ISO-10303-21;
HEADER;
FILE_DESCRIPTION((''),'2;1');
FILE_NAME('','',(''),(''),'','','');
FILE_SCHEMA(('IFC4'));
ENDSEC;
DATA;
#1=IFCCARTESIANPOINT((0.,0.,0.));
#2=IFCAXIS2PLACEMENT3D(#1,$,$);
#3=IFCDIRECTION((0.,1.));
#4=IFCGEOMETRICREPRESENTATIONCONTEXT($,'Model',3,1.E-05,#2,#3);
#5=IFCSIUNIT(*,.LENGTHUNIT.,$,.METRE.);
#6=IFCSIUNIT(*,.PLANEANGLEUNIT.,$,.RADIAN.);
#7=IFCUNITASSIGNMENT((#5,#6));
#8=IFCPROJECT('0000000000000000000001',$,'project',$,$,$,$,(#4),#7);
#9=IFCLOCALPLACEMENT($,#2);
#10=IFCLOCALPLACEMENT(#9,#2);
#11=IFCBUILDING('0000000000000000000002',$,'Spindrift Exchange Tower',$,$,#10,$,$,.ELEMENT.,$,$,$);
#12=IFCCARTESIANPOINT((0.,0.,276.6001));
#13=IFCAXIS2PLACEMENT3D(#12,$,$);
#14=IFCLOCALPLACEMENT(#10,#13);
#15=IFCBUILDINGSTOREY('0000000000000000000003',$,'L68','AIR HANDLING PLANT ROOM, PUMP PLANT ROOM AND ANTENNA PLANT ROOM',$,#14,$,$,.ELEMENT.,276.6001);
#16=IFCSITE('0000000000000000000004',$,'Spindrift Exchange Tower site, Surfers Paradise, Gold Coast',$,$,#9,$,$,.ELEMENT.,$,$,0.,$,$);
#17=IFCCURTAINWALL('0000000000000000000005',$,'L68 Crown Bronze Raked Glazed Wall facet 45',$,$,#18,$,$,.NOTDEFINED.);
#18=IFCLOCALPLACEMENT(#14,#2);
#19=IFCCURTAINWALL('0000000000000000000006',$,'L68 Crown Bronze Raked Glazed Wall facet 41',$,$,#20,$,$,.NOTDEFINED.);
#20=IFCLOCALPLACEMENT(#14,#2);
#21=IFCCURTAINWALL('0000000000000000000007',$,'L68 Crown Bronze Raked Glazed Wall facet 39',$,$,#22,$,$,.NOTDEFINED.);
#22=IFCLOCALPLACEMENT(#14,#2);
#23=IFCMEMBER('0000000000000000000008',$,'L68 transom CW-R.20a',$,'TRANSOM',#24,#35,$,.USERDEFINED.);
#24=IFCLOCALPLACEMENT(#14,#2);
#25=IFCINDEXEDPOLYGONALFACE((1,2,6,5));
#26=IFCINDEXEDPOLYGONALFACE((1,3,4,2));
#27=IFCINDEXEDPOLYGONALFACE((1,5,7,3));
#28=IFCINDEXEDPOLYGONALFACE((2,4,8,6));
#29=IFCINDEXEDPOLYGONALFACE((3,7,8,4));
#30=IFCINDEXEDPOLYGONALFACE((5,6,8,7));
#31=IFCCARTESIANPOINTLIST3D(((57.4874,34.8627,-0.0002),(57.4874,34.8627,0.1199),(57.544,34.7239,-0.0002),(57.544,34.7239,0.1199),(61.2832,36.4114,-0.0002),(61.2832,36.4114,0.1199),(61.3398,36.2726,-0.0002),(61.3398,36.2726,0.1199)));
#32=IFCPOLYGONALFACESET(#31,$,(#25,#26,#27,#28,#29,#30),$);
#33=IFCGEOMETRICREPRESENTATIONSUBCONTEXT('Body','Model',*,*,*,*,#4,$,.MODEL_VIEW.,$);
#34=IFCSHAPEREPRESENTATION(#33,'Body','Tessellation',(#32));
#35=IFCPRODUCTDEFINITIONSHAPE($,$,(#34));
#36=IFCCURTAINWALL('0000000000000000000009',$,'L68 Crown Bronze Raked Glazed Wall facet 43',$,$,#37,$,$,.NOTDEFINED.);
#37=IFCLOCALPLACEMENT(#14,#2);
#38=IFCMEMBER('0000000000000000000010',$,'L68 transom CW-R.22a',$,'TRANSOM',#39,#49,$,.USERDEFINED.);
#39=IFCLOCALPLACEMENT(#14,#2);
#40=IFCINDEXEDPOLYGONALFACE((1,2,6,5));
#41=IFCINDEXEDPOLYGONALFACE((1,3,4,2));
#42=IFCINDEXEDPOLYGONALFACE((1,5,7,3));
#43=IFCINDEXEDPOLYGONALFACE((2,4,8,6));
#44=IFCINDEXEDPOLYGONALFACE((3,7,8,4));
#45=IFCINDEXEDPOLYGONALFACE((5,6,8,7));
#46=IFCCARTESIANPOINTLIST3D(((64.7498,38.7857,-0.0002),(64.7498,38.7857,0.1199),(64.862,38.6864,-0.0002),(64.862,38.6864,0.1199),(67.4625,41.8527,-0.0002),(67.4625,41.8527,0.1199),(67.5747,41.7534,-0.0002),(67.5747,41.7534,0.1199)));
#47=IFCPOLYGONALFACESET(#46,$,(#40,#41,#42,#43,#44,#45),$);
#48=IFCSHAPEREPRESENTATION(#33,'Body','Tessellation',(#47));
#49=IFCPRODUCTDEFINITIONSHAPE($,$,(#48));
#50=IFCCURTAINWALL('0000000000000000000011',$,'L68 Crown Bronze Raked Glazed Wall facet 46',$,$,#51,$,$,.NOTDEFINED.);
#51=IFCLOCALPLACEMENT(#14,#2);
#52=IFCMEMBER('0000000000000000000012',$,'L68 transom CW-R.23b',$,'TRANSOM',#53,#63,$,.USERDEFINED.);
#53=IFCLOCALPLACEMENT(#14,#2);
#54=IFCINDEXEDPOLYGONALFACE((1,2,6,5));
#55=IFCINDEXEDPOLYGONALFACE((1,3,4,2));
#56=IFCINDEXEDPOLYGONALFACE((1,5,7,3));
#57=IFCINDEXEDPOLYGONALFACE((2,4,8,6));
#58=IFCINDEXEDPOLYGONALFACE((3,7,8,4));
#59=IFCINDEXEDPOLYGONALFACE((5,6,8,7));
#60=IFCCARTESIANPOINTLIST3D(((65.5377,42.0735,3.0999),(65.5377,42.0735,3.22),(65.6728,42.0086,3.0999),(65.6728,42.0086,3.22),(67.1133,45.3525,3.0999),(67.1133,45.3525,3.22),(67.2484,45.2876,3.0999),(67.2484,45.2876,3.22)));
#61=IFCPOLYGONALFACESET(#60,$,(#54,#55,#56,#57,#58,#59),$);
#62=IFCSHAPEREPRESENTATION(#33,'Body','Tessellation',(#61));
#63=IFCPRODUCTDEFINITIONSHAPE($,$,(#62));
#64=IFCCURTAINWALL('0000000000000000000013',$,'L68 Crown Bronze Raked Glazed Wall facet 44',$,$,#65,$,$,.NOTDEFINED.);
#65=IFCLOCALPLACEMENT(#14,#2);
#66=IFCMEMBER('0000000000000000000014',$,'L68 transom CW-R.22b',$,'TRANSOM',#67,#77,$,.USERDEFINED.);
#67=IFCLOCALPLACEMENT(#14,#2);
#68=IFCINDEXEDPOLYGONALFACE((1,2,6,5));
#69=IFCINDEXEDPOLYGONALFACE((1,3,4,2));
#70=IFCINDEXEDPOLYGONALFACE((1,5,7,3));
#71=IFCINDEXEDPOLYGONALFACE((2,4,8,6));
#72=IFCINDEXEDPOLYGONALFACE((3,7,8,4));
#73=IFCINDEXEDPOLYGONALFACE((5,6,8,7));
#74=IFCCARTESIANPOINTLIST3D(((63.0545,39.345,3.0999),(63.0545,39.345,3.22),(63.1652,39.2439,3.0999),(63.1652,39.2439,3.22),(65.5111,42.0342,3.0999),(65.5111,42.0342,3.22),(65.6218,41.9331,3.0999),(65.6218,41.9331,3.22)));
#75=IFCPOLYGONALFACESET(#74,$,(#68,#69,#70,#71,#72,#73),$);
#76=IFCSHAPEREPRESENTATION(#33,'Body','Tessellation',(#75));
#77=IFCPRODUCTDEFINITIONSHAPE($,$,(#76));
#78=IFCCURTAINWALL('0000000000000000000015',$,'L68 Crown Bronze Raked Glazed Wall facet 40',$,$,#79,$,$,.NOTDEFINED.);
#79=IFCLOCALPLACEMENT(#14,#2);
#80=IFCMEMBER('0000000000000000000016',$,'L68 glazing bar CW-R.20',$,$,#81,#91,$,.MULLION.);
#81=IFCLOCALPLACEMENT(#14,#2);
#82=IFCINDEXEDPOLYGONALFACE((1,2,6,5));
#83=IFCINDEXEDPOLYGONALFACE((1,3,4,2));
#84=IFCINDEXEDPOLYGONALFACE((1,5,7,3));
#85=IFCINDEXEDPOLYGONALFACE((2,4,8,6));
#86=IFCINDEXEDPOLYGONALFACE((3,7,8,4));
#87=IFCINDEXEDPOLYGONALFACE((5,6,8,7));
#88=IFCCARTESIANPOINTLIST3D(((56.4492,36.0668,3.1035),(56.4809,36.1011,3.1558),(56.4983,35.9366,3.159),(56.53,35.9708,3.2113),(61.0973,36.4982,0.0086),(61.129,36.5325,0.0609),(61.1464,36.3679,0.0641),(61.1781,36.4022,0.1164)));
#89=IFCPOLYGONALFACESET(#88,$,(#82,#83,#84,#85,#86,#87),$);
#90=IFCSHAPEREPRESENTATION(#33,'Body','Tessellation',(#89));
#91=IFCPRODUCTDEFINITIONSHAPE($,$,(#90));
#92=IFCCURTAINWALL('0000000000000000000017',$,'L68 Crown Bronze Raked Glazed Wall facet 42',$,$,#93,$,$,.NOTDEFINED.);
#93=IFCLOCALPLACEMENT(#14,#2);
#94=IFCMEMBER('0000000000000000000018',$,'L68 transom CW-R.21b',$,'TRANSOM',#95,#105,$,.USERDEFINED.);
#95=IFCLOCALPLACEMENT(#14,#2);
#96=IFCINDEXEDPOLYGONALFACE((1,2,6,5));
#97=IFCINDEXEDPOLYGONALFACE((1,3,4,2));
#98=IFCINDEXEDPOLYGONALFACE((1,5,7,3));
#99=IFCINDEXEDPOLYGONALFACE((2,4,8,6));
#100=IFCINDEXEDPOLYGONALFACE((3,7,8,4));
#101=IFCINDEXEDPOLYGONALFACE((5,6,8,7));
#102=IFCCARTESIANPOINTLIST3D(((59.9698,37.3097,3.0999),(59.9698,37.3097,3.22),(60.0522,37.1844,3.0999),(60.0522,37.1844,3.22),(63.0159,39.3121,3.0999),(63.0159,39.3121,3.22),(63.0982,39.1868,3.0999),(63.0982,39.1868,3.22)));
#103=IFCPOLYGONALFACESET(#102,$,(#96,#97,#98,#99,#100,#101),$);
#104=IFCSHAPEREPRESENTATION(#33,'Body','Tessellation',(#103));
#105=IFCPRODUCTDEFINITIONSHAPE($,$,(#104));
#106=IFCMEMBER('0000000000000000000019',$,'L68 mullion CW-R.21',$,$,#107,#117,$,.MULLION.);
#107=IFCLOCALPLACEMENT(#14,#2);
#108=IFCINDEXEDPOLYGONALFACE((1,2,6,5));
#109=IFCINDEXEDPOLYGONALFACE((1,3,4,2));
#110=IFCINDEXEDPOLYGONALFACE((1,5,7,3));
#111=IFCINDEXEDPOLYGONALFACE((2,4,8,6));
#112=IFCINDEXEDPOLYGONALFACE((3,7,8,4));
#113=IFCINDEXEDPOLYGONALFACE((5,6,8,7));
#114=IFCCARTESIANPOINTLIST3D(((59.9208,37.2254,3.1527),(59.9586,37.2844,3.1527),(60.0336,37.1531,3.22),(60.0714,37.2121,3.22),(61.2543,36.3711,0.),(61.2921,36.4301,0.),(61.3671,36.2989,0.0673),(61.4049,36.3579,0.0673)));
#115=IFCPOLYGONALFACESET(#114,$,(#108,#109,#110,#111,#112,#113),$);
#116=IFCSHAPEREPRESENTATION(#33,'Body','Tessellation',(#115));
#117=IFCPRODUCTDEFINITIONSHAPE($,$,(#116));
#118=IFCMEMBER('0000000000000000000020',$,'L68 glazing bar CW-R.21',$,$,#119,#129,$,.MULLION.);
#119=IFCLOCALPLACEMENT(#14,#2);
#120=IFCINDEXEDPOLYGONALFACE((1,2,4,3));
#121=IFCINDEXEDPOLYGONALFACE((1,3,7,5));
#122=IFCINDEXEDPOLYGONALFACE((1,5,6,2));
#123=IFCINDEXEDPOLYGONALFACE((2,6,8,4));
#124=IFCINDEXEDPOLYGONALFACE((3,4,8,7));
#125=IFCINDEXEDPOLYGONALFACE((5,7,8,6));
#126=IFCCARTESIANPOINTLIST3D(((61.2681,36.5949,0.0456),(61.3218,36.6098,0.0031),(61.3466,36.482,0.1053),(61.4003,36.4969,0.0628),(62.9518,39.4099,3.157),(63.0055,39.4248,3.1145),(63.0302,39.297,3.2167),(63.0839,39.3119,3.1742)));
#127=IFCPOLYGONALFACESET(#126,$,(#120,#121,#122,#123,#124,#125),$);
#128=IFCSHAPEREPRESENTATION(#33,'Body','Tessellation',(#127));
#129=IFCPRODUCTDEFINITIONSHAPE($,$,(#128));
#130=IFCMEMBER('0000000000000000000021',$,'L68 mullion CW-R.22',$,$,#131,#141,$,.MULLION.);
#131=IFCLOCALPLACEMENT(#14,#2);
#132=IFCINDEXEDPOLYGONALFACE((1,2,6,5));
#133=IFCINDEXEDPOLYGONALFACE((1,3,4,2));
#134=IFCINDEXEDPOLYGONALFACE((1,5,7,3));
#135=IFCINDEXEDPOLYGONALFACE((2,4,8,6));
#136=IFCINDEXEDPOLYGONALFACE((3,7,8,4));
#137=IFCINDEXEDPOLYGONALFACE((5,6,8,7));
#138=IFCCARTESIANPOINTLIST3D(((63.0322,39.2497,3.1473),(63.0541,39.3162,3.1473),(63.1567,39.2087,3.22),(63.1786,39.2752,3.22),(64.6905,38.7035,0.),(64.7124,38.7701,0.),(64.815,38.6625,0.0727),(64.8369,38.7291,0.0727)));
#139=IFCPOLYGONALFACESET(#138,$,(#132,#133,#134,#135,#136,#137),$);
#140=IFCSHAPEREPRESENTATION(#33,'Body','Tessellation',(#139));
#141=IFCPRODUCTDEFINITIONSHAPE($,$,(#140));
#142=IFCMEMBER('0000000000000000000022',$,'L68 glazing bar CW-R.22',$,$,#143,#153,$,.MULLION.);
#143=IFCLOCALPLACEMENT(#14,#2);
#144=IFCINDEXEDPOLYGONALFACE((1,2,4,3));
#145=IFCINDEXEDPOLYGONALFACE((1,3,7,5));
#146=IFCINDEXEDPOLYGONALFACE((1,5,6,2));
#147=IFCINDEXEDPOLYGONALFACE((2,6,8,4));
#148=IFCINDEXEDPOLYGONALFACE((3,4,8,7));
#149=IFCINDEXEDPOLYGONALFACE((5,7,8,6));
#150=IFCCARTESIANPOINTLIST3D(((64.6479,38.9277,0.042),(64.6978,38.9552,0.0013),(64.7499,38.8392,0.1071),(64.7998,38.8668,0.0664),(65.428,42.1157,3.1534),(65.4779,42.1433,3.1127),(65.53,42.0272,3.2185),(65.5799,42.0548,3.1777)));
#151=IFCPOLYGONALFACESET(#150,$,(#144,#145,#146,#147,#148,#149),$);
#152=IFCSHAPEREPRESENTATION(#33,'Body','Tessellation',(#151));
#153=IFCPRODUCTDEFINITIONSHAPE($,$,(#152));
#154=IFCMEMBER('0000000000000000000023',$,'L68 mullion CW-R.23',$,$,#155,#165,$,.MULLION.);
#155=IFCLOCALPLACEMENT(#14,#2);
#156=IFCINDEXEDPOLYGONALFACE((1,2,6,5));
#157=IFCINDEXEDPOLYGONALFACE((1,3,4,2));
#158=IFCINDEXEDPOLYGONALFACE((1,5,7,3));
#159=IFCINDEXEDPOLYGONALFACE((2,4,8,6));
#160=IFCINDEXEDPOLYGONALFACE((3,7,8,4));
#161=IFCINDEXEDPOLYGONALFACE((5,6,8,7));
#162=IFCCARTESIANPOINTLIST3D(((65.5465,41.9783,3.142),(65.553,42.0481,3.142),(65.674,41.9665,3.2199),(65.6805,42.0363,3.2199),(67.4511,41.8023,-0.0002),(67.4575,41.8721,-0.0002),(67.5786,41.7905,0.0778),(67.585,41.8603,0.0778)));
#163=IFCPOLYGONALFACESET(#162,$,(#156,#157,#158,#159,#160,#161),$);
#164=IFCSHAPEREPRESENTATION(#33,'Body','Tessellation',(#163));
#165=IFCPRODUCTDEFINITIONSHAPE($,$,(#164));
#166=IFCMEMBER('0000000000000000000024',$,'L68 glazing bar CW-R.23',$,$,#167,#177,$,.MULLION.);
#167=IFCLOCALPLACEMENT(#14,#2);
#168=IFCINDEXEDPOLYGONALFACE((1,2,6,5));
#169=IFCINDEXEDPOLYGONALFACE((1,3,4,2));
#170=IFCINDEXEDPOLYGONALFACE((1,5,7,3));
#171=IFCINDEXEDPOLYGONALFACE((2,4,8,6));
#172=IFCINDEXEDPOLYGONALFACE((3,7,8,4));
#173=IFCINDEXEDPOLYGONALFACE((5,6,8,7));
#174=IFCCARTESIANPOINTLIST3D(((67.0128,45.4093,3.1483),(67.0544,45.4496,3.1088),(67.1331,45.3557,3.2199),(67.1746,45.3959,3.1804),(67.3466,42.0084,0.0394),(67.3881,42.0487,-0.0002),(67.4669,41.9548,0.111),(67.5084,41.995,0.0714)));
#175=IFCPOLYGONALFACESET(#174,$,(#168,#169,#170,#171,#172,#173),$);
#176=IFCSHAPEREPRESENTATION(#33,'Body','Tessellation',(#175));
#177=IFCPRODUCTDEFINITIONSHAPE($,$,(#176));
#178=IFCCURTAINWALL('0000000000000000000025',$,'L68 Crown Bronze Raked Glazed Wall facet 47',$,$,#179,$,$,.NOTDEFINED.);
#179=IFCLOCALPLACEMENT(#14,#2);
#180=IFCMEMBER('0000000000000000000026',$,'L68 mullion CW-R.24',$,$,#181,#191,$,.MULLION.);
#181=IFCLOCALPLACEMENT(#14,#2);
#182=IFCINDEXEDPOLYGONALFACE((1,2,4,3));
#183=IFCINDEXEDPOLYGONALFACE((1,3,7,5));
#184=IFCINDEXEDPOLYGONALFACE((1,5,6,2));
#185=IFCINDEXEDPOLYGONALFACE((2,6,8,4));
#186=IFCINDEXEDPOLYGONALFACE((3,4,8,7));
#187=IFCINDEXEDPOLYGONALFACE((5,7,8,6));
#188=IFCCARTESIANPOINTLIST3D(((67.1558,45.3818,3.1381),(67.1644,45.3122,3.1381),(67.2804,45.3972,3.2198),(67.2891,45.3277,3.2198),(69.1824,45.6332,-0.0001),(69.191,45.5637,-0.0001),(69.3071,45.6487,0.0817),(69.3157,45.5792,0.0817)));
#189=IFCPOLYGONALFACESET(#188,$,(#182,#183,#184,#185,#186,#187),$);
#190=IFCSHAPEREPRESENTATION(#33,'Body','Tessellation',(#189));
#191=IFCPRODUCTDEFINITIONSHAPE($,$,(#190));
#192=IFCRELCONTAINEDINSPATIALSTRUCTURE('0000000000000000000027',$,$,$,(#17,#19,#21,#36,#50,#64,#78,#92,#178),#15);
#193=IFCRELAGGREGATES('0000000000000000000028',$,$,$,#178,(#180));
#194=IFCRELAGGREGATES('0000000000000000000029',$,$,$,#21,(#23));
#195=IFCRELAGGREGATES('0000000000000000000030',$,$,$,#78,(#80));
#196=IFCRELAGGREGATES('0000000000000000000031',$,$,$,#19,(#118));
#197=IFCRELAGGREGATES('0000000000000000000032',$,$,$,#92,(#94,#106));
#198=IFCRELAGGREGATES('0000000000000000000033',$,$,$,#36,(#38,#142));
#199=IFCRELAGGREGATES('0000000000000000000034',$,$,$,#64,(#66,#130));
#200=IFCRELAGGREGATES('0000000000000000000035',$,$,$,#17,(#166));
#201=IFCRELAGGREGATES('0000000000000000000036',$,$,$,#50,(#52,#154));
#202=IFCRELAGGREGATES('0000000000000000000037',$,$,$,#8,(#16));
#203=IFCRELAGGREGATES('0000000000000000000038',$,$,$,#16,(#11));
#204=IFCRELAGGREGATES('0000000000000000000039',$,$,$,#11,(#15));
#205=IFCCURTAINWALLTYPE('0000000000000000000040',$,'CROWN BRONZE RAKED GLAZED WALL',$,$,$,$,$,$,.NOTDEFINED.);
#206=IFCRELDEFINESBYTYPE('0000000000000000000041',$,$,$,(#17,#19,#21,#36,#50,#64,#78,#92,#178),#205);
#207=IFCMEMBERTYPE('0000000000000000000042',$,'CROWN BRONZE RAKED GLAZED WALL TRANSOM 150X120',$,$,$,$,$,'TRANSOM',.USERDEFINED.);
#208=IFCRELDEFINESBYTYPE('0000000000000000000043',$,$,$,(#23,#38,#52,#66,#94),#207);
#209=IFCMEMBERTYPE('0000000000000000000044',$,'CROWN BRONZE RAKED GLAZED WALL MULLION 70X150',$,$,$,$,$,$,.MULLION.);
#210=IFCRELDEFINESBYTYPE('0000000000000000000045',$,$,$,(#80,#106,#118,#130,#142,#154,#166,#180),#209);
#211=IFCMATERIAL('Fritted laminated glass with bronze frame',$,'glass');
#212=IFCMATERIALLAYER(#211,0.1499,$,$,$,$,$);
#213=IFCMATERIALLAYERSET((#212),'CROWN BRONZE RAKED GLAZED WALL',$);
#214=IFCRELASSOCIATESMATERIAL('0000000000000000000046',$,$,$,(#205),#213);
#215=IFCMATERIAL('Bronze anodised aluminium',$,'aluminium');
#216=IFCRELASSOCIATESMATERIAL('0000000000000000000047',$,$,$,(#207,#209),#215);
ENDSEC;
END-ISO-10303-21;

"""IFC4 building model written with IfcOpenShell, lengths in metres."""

from ifc_helpers import new_model, si_unit, direction, frame, origin, origin_2d, place, context, subcontext, project, spatial, rectangle, extrude, source, transform, mapped, material, layer, layer_set, material_profile, profile_set, type_object, element, aggregate, save


model = new_model("IFC4")

# Units and contexts
model_context = context("Model", 3, precision=1e-05, world=origin(), true_north=direction((0.0, 1.0)))
body_context = subcontext(model_context, "Body", "Model", "MODEL_VIEW")
ifc_project = project(units=[si_unit("LENGTHUNIT", "METRE"), si_unit("PLANEANGLEUNIT", "RADIAN")], contexts=[model_context])

# Site, building, storey
site_placement = place(None, origin())
site = spatial("IfcSite", under=ifc_project, at=site_placement, Name="Spindrift Exchange Tower site, Surfers Paradise, Gold Coast", CompositionType="ELEMENT", RefElevation=0.0)
building_placement = place(site_placement, origin())
building = spatial("IfcBuilding", under=site, at=building_placement, Name="Spindrift Exchange Tower", CompositionType="ELEMENT")
storey_placement = place(building_placement, frame((0.0, 0.0, 276.6001)))
storey = spatial("IfcBuildingStorey", under=building, at=storey_placement, Name="L68", Description="AIR HANDLING PLANT ROOM, PUMP PLANT ROOM AND ANTENNA PLANT ROOM", CompositionType="ELEMENT", Elevation=276.6001)

# Curtain walls, members
ifc_material_1 = material(Name="Fritted laminated glass with bronze frame", Category="glass")
ifc_layer_1 = layer(ifc_material_1, 0.1499)
ifc_layer_set_1 = layer_set([ifc_layer_1], Name="CROWN BRONZE RAKED GLAZED WALL")
curtain_wall_type = type_object("IfcCurtainWallType", Name="CROWN BRONZE RAKED GLAZED WALL", PredefinedType="NOTDEFINED", material=ifc_layer_set_1)
curtain_wall_1_placement = place(storey_placement, origin())
curtain_wall_1 = element("IfcCurtainWall", 1, at=curtain_wall_1_placement, inside=storey, type_object=curtain_wall_type, Name="L68 Crown Bronze Raked Glazed Wall facet 45", PredefinedType="NOTDEFINED")
ifc_material_2 = material(Name="Bronze anodised aluminium", Category="aluminium")
ifc_material_profile_1 = material_profile(ifc_material_2, rectangle(XDim=0.1499, YDim=0.1201, at=origin_2d()), Name="CROWN BRONZE RAKED GLAZED WALL TRANSOM 150X120")
ifc_profile_set_1 = profile_set([ifc_material_profile_1], Name="Bronze anodised aluminium")
member_type_1 = type_object("IfcMemberType", Name="CROWN BRONZE RAKED GLAZED WALL TRANSOM 150X120", ElementType="TRANSOM", PredefinedType="USERDEFINED", material=ifc_profile_set_1)
curtain_wall_2_placement = place(storey_placement, origin())
curtain_wall_2 = element("IfcCurtainWall", 2, at=curtain_wall_2_placement, inside=storey, type_object=curtain_wall_type, Name="L68 Crown Bronze Raked Glazed Wall facet 41", PredefinedType="NOTDEFINED")
curtain_wall_3_placement = place(storey_placement, origin())
curtain_wall_3 = element("IfcCurtainWall", 3, at=curtain_wall_3_placement, inside=storey, type_object=curtain_wall_type, Name="L68 Crown Bronze Raked Glazed Wall facet 39", PredefinedType="NOTDEFINED")
shared_shape_1 = source(origin(), body_context, "Body", "SweptSolid", [
    extrude(rectangle(XDim=0.1499, YDim=0.1201, at=origin_2d()), origin(), (0.0, 0.0, 1.0), 4.0996),
])
member_1_placement = place(storey_placement, frame((61.3115, 36.342, 0.0598), z_axis=(-0.925892, -0.377789, 0.0), x_axis=(0.377789, -0.925892, 0.0)))
member_1 = element("IfcMember", 4, at=member_1_placement, type_object=member_type_1, Name="L68 transom CW-R.20a", ObjectType="TRANSOM", PredefinedType="USERDEFINED", context=body_context, shape_type="MappedRepresentation", body=[
    mapped(shared_shape_1, transform((0.0, 0.0, 0.0), scale=1.0)),
])
curtain_wall_4_placement = place(storey_placement, origin())
curtain_wall_4 = element("IfcCurtainWall", 5, at=curtain_wall_4_placement, inside=storey, type_object=curtain_wall_type, Name="L68 Crown Bronze Raked Glazed Wall facet 43", PredefinedType="NOTDEFINED")
shared_shape_2 = source(origin(), body_context, "Body", "SweptSolid", [
    extrude(rectangle(XDim=0.1499, YDim=0.1201, at=origin_2d()), origin(), (0.0, 0.0, 1.0), 4.0945),
])
member_2_placement = place(storey_placement, frame((64.8059, 38.7361, 0.0598), z_axis=(0.662522, 0.749042, 0.0), x_axis=(-0.749042, 0.662522, 0.0)))
member_2 = element("IfcMember", 6, at=member_2_placement, type_object=member_type_1, Name="L68 transom CW-R.22a", ObjectType="TRANSOM", PredefinedType="USERDEFINED", context=body_context, shape_type="MappedRepresentation", body=[
    mapped(shared_shape_2, transform((0.0, 0.0, 0.0), scale=1.0)),
])
curtain_wall_5_placement = place(storey_placement, origin())
curtain_wall_5 = element("IfcCurtainWall", 7, at=curtain_wall_5_placement, inside=storey, type_object=curtain_wall_type, Name="L68 Crown Bronze Raked Glazed Wall facet 46", PredefinedType="NOTDEFINED")
shared_shape_3 = source(origin(), body_context, "Body", "SweptSolid", [
    extrude(rectangle(XDim=0.1499, YDim=0.1201, at=origin_2d()), origin(), (0.0, 0.0, 1.0), 3.6379),
])
member_3_placement = place(storey_placement, frame((65.6052, 42.041, 3.1599), z_axis=(0.433119, 0.901337, 0.0), x_axis=(-0.901337, 0.433119, 0.0)))
member_3 = element("IfcMember", 8, at=member_3_placement, type_object=member_type_1, Name="L68 transom CW-R.23b", ObjectType="TRANSOM", PredefinedType="USERDEFINED", context=body_context, shape_type="MappedRepresentation", body=[
    mapped(shared_shape_3, transform((0.0, 0.0, 0.0), scale=1.0)),
])
curtain_wall_6_placement = place(storey_placement, origin())
curtain_wall_6 = element("IfcCurtainWall", 9, at=curtain_wall_6_placement, inside=storey, type_object=curtain_wall_type, Name="L68 Crown Bronze Raked Glazed Wall facet 44", PredefinedType="NOTDEFINED")
shared_shape_4 = source(origin(), body_context, "Body", "SweptSolid", [
    extrude(rectangle(XDim=0.1499, YDim=0.1201, at=origin_2d()), origin(), (0.0, 0.0, 1.0), 3.6423),
])
member_4_placement = place(storey_placement, frame((63.1099, 39.2944, 3.1599), z_axis=(0.674446, 0.738324, 0.0), x_axis=(-0.738324, 0.674446, 0.0)))
member_4 = element("IfcMember", 10, at=member_4_placement, type_object=member_type_1, Name="L68 transom CW-R.22b", ObjectType="TRANSOM", PredefinedType="USERDEFINED", context=body_context, shape_type="MappedRepresentation", body=[
    mapped(shared_shape_4, transform((0.0, 0.0, 0.0), scale=1.0)),
])
curtain_wall_7_placement = place(storey_placement, origin())
curtain_wall_7 = element("IfcCurtainWall", 11, at=curtain_wall_7_placement, inside=storey, type_object=curtain_wall_type, Name="L68 Crown Bronze Raked Glazed Wall facet 40", PredefinedType="NOTDEFINED")
ifc_material_profile_2 = material_profile(ifc_material_2, rectangle(XDim=0.0701, YDim=0.1499, at=origin_2d()), Name="CROWN BRONZE RAKED GLAZED WALL MULLION 70X150")
ifc_profile_set_2 = profile_set([ifc_material_profile_2], Name="Bronze anodised aluminium")
member_type_2 = type_object("IfcMemberType", Name="CROWN BRONZE RAKED GLAZED WALL MULLION 70X150", PredefinedType="MULLION", material=ifc_profile_set_2)
shared_shape_5 = source(origin(), body_context, "Body", "SweptSolid", [
    extrude(rectangle(XDim=0.0701, YDim=0.1499, at=origin_2d()), origin(), (0.0, 0.0, 1.0), 5.6008),
])
member_5_placement = place(storey_placement, frame((61.1377, 36.4502, 0.0625), z_axis=(-0.829894, -0.077022, 0.55258), x_axis=(-0.451664, -0.488686, -0.746449)))
member_5 = element("IfcMember", 12, at=member_5_placement, type_object=member_type_2, Name="L68 glazing bar CW-R.20", PredefinedType="MULLION", context=body_context, shape_type="MappedRepresentation", body=[
    mapped(shared_shape_5, transform((0.0, 0.0, 0.0), scale=1.0)),
])

# Curtain wall, members
curtain_wall_8_placement = place(storey_placement, origin())
curtain_wall_8 = element("IfcCurtainWall", 13, at=curtain_wall_8_placement, inside=storey, type_object=curtain_wall_type, Name="L68 Crown Bronze Raked Glazed Wall facet 42", PredefinedType="NOTDEFINED")
shared_shape_6 = source(origin(), body_context, "Body", "SweptSolid", [
    extrude(rectangle(XDim=0.1499, YDim=0.1201, at=origin_2d()), origin(), (0.0, 0.0, 1.0), 3.6453),
])
member_6_placement = place(storey_placement, frame((60.011, 37.2471, 3.1599), z_axis=(0.835619, 0.54931, 0.0), x_axis=(-0.54931, 0.835619, 0.0)))
member_6 = element("IfcMember", 14, at=member_6_placement, type_object=member_type_1, Name="L68 transom CW-R.21b", ObjectType="TRANSOM", PredefinedType="USERDEFINED", context=body_context, shape_type="MappedRepresentation", body=[
    mapped(shared_shape_6, transform((0.0, 0.0, 0.0), scale=1.0)),
])
shared_shape_7 = source(origin(), body_context, "Body", "SweptSolid", [
    extrude(rectangle(XDim=0.0701, YDim=0.1499, at=origin_2d()), origin(), (0.0, 0.0, 1.0), 3.5281),
])
member_7_placement = place(storey_placement, frame((61.3296, 36.3645, 0.0337), z_axis=(-0.377975, 0.242134, 0.893591), x_axis=(-0.539417, -0.842039, 0.0)))
member_7 = element("IfcMember", 15, at=member_7_placement, type_object=member_type_2, Name="L68 mullion CW-R.21", PredefinedType="MULLION", context=body_context, shape_type="MappedRepresentation", body=[
    mapped(shared_shape_7, transform((0.0, 0.0, 0.0), scale=1.0)),
])

# Members
shared_shape_8 = source(origin(), body_context, "Body", "SweptSolid", [
    extrude(rectangle(XDim=0.0701, YDim=0.1499, at=origin_2d()), origin(), (0.0, 0.0, 1.0), 4.521),
])
member_8_placement = place(storey_placement, frame((61.3342, 36.5459, 0.0542), z_axis=(0.3724, 0.622647, 0.688206), x_axis=(-0.766349, -0.211958, 0.606451)))
member_8 = element("IfcMember", 16, at=member_8_placement, type_object=member_type_2, Name="L68 glazing bar CW-R.21", PredefinedType="MULLION", context=body_context, shape_type="MappedRepresentation", body=[
    mapped(shared_shape_8, transform((0.0, 0.0, 0.0), scale=1.0)),
])
shared_shape_9 = source(origin(), body_context, "Body", "SweptSolid", [
    extrude(rectangle(XDim=0.0701, YDim=0.1499, at=origin_2d()), origin(), (0.0, 0.0, 1.0), 3.5991),
])
member_9_placement = place(storey_placement, frame((64.7637, 38.7163, 0.0364), z_axis=(-0.460739, 0.151748, 0.874467), x_axis=(-0.312828, -0.94981, 0.0)))
member_9 = element("IfcMember", 17, at=member_9_placement, type_object=member_type_2, Name="L68 mullion CW-R.22", PredefinedType="MULLION", context=body_context, shape_type="MappedRepresentation", body=[
    mapped(shared_shape_9, transform((0.0, 0.0, 0.0), scale=1.0)),
])
shared_shape_10 = source(origin(), body_context, "Body", "SweptSolid", [
    extrude(rectangle(XDim=0.0701, YDim=0.1499, at=origin_2d()), origin(), (0.0, 0.0, 1.0), 4.5225),
])
member_10_placement = place(storey_placement, frame((64.7239, 38.8972, 0.0542), z_axis=(0.172481, 0.704933, 0.687982), x_axis=(-0.712168, -0.393274, 0.581509)))
member_10 = element("IfcMember", 18, at=member_10_placement, type_object=member_type_2, Name="L68 glazing bar CW-R.22", PredefinedType="MULLION", context=body_context, shape_type="MappedRepresentation", body=[
    mapped(shared_shape_10, transform((0.0, 0.0, 0.0), scale=1.0)),
])
shared_shape_11 = source(origin(), body_context, "Body", "SweptSolid", [
    extrude(rectangle(XDim=0.0701, YDim=0.1499, at=origin_2d()), origin(), (0.0, 0.0, 1.0), 3.6785),
])
member_11_placement = place(storey_placement, frame((67.5181, 41.8313, 0.0388), z_axis=(-0.517756, 0.047853, 0.854189), x_axis=(-0.092032, -0.995756, 0.0)))
member_11 = element("IfcMember", 19, at=member_11_placement, type_object=member_type_2, Name="L68 mullion CW-R.23", PredefinedType="MULLION", context=body_context, shape_type="MappedRepresentation", body=[
    mapped(shared_shape_11, transform((0.0, 0.0, 0.0), scale=1.0)),
])
shared_shape_12 = source(origin(), body_context, "Body", "SweptSolid", [
    extrude(rectangle(XDim=0.0701, YDim=0.1499, at=origin_2d()), origin(), (0.0, 0.0, 1.0), 4.6199),
])
member_12_placement = place(storey_placement, frame((67.4275, 42.0017, 0.0554), z_axis=(-0.072241, 0.736153, 0.672949), x_axis=(-0.592398, -0.574476, 0.564838)))
member_12 = element("IfcMember", 20, at=member_12_placement, type_object=member_type_2, Name="L68 glazing bar CW-R.23", PredefinedType="MULLION", context=body_context, shape_type="MappedRepresentation", body=[
    mapped(shared_shape_12, transform((0.0, 0.0, 0.0), scale=1.0)),
])

# Curtain wall, member
curtain_wall_9_placement = place(storey_placement, origin())
curtain_wall_9 = element("IfcCurtainWall", 21, at=curtain_wall_9_placement, inside=storey, type_object=curtain_wall_type, Name="L68 Crown Bronze Raked Glazed Wall facet 47", PredefinedType="NOTDEFINED")
shared_shape_13 = source(origin(), body_context, "Body", "SweptSolid", [
    extrude(rectangle(XDim=0.0701, YDim=0.1499, at=origin_2d()), origin(), (0.0, 0.0, 1.0), 3.7441),
])
member_13_placement = place(storey_placement, frame((69.249, 45.6062, 0.0408), z_axis=(-0.541276, -0.067162, 0.838159), x_axis=(0.123137, -0.99239, 0.0)))
member_13 = element("IfcMember", 22, at=member_13_placement, type_object=member_type_2, Name="L68 mullion CW-R.24", PredefinedType="MULLION", context=body_context, shape_type="MappedRepresentation", body=[
    mapped(shared_shape_13, transform((0.0, 0.0, 0.0), scale=1.0)),
])
aggregate(curtain_wall_9, [member_13])

aggregate(curtain_wall_3, [member_1])
aggregate(curtain_wall_7, [member_5])
aggregate(curtain_wall_2, [member_8])
aggregate(curtain_wall_8, [member_6, member_7])
aggregate(curtain_wall_4, [member_2, member_10])
aggregate(curtain_wall_6, [member_4, member_9])
aggregate(curtain_wall_1, [member_12])
aggregate(curtain_wall_5, [member_3, member_11])

save(model, "model.ifc")
